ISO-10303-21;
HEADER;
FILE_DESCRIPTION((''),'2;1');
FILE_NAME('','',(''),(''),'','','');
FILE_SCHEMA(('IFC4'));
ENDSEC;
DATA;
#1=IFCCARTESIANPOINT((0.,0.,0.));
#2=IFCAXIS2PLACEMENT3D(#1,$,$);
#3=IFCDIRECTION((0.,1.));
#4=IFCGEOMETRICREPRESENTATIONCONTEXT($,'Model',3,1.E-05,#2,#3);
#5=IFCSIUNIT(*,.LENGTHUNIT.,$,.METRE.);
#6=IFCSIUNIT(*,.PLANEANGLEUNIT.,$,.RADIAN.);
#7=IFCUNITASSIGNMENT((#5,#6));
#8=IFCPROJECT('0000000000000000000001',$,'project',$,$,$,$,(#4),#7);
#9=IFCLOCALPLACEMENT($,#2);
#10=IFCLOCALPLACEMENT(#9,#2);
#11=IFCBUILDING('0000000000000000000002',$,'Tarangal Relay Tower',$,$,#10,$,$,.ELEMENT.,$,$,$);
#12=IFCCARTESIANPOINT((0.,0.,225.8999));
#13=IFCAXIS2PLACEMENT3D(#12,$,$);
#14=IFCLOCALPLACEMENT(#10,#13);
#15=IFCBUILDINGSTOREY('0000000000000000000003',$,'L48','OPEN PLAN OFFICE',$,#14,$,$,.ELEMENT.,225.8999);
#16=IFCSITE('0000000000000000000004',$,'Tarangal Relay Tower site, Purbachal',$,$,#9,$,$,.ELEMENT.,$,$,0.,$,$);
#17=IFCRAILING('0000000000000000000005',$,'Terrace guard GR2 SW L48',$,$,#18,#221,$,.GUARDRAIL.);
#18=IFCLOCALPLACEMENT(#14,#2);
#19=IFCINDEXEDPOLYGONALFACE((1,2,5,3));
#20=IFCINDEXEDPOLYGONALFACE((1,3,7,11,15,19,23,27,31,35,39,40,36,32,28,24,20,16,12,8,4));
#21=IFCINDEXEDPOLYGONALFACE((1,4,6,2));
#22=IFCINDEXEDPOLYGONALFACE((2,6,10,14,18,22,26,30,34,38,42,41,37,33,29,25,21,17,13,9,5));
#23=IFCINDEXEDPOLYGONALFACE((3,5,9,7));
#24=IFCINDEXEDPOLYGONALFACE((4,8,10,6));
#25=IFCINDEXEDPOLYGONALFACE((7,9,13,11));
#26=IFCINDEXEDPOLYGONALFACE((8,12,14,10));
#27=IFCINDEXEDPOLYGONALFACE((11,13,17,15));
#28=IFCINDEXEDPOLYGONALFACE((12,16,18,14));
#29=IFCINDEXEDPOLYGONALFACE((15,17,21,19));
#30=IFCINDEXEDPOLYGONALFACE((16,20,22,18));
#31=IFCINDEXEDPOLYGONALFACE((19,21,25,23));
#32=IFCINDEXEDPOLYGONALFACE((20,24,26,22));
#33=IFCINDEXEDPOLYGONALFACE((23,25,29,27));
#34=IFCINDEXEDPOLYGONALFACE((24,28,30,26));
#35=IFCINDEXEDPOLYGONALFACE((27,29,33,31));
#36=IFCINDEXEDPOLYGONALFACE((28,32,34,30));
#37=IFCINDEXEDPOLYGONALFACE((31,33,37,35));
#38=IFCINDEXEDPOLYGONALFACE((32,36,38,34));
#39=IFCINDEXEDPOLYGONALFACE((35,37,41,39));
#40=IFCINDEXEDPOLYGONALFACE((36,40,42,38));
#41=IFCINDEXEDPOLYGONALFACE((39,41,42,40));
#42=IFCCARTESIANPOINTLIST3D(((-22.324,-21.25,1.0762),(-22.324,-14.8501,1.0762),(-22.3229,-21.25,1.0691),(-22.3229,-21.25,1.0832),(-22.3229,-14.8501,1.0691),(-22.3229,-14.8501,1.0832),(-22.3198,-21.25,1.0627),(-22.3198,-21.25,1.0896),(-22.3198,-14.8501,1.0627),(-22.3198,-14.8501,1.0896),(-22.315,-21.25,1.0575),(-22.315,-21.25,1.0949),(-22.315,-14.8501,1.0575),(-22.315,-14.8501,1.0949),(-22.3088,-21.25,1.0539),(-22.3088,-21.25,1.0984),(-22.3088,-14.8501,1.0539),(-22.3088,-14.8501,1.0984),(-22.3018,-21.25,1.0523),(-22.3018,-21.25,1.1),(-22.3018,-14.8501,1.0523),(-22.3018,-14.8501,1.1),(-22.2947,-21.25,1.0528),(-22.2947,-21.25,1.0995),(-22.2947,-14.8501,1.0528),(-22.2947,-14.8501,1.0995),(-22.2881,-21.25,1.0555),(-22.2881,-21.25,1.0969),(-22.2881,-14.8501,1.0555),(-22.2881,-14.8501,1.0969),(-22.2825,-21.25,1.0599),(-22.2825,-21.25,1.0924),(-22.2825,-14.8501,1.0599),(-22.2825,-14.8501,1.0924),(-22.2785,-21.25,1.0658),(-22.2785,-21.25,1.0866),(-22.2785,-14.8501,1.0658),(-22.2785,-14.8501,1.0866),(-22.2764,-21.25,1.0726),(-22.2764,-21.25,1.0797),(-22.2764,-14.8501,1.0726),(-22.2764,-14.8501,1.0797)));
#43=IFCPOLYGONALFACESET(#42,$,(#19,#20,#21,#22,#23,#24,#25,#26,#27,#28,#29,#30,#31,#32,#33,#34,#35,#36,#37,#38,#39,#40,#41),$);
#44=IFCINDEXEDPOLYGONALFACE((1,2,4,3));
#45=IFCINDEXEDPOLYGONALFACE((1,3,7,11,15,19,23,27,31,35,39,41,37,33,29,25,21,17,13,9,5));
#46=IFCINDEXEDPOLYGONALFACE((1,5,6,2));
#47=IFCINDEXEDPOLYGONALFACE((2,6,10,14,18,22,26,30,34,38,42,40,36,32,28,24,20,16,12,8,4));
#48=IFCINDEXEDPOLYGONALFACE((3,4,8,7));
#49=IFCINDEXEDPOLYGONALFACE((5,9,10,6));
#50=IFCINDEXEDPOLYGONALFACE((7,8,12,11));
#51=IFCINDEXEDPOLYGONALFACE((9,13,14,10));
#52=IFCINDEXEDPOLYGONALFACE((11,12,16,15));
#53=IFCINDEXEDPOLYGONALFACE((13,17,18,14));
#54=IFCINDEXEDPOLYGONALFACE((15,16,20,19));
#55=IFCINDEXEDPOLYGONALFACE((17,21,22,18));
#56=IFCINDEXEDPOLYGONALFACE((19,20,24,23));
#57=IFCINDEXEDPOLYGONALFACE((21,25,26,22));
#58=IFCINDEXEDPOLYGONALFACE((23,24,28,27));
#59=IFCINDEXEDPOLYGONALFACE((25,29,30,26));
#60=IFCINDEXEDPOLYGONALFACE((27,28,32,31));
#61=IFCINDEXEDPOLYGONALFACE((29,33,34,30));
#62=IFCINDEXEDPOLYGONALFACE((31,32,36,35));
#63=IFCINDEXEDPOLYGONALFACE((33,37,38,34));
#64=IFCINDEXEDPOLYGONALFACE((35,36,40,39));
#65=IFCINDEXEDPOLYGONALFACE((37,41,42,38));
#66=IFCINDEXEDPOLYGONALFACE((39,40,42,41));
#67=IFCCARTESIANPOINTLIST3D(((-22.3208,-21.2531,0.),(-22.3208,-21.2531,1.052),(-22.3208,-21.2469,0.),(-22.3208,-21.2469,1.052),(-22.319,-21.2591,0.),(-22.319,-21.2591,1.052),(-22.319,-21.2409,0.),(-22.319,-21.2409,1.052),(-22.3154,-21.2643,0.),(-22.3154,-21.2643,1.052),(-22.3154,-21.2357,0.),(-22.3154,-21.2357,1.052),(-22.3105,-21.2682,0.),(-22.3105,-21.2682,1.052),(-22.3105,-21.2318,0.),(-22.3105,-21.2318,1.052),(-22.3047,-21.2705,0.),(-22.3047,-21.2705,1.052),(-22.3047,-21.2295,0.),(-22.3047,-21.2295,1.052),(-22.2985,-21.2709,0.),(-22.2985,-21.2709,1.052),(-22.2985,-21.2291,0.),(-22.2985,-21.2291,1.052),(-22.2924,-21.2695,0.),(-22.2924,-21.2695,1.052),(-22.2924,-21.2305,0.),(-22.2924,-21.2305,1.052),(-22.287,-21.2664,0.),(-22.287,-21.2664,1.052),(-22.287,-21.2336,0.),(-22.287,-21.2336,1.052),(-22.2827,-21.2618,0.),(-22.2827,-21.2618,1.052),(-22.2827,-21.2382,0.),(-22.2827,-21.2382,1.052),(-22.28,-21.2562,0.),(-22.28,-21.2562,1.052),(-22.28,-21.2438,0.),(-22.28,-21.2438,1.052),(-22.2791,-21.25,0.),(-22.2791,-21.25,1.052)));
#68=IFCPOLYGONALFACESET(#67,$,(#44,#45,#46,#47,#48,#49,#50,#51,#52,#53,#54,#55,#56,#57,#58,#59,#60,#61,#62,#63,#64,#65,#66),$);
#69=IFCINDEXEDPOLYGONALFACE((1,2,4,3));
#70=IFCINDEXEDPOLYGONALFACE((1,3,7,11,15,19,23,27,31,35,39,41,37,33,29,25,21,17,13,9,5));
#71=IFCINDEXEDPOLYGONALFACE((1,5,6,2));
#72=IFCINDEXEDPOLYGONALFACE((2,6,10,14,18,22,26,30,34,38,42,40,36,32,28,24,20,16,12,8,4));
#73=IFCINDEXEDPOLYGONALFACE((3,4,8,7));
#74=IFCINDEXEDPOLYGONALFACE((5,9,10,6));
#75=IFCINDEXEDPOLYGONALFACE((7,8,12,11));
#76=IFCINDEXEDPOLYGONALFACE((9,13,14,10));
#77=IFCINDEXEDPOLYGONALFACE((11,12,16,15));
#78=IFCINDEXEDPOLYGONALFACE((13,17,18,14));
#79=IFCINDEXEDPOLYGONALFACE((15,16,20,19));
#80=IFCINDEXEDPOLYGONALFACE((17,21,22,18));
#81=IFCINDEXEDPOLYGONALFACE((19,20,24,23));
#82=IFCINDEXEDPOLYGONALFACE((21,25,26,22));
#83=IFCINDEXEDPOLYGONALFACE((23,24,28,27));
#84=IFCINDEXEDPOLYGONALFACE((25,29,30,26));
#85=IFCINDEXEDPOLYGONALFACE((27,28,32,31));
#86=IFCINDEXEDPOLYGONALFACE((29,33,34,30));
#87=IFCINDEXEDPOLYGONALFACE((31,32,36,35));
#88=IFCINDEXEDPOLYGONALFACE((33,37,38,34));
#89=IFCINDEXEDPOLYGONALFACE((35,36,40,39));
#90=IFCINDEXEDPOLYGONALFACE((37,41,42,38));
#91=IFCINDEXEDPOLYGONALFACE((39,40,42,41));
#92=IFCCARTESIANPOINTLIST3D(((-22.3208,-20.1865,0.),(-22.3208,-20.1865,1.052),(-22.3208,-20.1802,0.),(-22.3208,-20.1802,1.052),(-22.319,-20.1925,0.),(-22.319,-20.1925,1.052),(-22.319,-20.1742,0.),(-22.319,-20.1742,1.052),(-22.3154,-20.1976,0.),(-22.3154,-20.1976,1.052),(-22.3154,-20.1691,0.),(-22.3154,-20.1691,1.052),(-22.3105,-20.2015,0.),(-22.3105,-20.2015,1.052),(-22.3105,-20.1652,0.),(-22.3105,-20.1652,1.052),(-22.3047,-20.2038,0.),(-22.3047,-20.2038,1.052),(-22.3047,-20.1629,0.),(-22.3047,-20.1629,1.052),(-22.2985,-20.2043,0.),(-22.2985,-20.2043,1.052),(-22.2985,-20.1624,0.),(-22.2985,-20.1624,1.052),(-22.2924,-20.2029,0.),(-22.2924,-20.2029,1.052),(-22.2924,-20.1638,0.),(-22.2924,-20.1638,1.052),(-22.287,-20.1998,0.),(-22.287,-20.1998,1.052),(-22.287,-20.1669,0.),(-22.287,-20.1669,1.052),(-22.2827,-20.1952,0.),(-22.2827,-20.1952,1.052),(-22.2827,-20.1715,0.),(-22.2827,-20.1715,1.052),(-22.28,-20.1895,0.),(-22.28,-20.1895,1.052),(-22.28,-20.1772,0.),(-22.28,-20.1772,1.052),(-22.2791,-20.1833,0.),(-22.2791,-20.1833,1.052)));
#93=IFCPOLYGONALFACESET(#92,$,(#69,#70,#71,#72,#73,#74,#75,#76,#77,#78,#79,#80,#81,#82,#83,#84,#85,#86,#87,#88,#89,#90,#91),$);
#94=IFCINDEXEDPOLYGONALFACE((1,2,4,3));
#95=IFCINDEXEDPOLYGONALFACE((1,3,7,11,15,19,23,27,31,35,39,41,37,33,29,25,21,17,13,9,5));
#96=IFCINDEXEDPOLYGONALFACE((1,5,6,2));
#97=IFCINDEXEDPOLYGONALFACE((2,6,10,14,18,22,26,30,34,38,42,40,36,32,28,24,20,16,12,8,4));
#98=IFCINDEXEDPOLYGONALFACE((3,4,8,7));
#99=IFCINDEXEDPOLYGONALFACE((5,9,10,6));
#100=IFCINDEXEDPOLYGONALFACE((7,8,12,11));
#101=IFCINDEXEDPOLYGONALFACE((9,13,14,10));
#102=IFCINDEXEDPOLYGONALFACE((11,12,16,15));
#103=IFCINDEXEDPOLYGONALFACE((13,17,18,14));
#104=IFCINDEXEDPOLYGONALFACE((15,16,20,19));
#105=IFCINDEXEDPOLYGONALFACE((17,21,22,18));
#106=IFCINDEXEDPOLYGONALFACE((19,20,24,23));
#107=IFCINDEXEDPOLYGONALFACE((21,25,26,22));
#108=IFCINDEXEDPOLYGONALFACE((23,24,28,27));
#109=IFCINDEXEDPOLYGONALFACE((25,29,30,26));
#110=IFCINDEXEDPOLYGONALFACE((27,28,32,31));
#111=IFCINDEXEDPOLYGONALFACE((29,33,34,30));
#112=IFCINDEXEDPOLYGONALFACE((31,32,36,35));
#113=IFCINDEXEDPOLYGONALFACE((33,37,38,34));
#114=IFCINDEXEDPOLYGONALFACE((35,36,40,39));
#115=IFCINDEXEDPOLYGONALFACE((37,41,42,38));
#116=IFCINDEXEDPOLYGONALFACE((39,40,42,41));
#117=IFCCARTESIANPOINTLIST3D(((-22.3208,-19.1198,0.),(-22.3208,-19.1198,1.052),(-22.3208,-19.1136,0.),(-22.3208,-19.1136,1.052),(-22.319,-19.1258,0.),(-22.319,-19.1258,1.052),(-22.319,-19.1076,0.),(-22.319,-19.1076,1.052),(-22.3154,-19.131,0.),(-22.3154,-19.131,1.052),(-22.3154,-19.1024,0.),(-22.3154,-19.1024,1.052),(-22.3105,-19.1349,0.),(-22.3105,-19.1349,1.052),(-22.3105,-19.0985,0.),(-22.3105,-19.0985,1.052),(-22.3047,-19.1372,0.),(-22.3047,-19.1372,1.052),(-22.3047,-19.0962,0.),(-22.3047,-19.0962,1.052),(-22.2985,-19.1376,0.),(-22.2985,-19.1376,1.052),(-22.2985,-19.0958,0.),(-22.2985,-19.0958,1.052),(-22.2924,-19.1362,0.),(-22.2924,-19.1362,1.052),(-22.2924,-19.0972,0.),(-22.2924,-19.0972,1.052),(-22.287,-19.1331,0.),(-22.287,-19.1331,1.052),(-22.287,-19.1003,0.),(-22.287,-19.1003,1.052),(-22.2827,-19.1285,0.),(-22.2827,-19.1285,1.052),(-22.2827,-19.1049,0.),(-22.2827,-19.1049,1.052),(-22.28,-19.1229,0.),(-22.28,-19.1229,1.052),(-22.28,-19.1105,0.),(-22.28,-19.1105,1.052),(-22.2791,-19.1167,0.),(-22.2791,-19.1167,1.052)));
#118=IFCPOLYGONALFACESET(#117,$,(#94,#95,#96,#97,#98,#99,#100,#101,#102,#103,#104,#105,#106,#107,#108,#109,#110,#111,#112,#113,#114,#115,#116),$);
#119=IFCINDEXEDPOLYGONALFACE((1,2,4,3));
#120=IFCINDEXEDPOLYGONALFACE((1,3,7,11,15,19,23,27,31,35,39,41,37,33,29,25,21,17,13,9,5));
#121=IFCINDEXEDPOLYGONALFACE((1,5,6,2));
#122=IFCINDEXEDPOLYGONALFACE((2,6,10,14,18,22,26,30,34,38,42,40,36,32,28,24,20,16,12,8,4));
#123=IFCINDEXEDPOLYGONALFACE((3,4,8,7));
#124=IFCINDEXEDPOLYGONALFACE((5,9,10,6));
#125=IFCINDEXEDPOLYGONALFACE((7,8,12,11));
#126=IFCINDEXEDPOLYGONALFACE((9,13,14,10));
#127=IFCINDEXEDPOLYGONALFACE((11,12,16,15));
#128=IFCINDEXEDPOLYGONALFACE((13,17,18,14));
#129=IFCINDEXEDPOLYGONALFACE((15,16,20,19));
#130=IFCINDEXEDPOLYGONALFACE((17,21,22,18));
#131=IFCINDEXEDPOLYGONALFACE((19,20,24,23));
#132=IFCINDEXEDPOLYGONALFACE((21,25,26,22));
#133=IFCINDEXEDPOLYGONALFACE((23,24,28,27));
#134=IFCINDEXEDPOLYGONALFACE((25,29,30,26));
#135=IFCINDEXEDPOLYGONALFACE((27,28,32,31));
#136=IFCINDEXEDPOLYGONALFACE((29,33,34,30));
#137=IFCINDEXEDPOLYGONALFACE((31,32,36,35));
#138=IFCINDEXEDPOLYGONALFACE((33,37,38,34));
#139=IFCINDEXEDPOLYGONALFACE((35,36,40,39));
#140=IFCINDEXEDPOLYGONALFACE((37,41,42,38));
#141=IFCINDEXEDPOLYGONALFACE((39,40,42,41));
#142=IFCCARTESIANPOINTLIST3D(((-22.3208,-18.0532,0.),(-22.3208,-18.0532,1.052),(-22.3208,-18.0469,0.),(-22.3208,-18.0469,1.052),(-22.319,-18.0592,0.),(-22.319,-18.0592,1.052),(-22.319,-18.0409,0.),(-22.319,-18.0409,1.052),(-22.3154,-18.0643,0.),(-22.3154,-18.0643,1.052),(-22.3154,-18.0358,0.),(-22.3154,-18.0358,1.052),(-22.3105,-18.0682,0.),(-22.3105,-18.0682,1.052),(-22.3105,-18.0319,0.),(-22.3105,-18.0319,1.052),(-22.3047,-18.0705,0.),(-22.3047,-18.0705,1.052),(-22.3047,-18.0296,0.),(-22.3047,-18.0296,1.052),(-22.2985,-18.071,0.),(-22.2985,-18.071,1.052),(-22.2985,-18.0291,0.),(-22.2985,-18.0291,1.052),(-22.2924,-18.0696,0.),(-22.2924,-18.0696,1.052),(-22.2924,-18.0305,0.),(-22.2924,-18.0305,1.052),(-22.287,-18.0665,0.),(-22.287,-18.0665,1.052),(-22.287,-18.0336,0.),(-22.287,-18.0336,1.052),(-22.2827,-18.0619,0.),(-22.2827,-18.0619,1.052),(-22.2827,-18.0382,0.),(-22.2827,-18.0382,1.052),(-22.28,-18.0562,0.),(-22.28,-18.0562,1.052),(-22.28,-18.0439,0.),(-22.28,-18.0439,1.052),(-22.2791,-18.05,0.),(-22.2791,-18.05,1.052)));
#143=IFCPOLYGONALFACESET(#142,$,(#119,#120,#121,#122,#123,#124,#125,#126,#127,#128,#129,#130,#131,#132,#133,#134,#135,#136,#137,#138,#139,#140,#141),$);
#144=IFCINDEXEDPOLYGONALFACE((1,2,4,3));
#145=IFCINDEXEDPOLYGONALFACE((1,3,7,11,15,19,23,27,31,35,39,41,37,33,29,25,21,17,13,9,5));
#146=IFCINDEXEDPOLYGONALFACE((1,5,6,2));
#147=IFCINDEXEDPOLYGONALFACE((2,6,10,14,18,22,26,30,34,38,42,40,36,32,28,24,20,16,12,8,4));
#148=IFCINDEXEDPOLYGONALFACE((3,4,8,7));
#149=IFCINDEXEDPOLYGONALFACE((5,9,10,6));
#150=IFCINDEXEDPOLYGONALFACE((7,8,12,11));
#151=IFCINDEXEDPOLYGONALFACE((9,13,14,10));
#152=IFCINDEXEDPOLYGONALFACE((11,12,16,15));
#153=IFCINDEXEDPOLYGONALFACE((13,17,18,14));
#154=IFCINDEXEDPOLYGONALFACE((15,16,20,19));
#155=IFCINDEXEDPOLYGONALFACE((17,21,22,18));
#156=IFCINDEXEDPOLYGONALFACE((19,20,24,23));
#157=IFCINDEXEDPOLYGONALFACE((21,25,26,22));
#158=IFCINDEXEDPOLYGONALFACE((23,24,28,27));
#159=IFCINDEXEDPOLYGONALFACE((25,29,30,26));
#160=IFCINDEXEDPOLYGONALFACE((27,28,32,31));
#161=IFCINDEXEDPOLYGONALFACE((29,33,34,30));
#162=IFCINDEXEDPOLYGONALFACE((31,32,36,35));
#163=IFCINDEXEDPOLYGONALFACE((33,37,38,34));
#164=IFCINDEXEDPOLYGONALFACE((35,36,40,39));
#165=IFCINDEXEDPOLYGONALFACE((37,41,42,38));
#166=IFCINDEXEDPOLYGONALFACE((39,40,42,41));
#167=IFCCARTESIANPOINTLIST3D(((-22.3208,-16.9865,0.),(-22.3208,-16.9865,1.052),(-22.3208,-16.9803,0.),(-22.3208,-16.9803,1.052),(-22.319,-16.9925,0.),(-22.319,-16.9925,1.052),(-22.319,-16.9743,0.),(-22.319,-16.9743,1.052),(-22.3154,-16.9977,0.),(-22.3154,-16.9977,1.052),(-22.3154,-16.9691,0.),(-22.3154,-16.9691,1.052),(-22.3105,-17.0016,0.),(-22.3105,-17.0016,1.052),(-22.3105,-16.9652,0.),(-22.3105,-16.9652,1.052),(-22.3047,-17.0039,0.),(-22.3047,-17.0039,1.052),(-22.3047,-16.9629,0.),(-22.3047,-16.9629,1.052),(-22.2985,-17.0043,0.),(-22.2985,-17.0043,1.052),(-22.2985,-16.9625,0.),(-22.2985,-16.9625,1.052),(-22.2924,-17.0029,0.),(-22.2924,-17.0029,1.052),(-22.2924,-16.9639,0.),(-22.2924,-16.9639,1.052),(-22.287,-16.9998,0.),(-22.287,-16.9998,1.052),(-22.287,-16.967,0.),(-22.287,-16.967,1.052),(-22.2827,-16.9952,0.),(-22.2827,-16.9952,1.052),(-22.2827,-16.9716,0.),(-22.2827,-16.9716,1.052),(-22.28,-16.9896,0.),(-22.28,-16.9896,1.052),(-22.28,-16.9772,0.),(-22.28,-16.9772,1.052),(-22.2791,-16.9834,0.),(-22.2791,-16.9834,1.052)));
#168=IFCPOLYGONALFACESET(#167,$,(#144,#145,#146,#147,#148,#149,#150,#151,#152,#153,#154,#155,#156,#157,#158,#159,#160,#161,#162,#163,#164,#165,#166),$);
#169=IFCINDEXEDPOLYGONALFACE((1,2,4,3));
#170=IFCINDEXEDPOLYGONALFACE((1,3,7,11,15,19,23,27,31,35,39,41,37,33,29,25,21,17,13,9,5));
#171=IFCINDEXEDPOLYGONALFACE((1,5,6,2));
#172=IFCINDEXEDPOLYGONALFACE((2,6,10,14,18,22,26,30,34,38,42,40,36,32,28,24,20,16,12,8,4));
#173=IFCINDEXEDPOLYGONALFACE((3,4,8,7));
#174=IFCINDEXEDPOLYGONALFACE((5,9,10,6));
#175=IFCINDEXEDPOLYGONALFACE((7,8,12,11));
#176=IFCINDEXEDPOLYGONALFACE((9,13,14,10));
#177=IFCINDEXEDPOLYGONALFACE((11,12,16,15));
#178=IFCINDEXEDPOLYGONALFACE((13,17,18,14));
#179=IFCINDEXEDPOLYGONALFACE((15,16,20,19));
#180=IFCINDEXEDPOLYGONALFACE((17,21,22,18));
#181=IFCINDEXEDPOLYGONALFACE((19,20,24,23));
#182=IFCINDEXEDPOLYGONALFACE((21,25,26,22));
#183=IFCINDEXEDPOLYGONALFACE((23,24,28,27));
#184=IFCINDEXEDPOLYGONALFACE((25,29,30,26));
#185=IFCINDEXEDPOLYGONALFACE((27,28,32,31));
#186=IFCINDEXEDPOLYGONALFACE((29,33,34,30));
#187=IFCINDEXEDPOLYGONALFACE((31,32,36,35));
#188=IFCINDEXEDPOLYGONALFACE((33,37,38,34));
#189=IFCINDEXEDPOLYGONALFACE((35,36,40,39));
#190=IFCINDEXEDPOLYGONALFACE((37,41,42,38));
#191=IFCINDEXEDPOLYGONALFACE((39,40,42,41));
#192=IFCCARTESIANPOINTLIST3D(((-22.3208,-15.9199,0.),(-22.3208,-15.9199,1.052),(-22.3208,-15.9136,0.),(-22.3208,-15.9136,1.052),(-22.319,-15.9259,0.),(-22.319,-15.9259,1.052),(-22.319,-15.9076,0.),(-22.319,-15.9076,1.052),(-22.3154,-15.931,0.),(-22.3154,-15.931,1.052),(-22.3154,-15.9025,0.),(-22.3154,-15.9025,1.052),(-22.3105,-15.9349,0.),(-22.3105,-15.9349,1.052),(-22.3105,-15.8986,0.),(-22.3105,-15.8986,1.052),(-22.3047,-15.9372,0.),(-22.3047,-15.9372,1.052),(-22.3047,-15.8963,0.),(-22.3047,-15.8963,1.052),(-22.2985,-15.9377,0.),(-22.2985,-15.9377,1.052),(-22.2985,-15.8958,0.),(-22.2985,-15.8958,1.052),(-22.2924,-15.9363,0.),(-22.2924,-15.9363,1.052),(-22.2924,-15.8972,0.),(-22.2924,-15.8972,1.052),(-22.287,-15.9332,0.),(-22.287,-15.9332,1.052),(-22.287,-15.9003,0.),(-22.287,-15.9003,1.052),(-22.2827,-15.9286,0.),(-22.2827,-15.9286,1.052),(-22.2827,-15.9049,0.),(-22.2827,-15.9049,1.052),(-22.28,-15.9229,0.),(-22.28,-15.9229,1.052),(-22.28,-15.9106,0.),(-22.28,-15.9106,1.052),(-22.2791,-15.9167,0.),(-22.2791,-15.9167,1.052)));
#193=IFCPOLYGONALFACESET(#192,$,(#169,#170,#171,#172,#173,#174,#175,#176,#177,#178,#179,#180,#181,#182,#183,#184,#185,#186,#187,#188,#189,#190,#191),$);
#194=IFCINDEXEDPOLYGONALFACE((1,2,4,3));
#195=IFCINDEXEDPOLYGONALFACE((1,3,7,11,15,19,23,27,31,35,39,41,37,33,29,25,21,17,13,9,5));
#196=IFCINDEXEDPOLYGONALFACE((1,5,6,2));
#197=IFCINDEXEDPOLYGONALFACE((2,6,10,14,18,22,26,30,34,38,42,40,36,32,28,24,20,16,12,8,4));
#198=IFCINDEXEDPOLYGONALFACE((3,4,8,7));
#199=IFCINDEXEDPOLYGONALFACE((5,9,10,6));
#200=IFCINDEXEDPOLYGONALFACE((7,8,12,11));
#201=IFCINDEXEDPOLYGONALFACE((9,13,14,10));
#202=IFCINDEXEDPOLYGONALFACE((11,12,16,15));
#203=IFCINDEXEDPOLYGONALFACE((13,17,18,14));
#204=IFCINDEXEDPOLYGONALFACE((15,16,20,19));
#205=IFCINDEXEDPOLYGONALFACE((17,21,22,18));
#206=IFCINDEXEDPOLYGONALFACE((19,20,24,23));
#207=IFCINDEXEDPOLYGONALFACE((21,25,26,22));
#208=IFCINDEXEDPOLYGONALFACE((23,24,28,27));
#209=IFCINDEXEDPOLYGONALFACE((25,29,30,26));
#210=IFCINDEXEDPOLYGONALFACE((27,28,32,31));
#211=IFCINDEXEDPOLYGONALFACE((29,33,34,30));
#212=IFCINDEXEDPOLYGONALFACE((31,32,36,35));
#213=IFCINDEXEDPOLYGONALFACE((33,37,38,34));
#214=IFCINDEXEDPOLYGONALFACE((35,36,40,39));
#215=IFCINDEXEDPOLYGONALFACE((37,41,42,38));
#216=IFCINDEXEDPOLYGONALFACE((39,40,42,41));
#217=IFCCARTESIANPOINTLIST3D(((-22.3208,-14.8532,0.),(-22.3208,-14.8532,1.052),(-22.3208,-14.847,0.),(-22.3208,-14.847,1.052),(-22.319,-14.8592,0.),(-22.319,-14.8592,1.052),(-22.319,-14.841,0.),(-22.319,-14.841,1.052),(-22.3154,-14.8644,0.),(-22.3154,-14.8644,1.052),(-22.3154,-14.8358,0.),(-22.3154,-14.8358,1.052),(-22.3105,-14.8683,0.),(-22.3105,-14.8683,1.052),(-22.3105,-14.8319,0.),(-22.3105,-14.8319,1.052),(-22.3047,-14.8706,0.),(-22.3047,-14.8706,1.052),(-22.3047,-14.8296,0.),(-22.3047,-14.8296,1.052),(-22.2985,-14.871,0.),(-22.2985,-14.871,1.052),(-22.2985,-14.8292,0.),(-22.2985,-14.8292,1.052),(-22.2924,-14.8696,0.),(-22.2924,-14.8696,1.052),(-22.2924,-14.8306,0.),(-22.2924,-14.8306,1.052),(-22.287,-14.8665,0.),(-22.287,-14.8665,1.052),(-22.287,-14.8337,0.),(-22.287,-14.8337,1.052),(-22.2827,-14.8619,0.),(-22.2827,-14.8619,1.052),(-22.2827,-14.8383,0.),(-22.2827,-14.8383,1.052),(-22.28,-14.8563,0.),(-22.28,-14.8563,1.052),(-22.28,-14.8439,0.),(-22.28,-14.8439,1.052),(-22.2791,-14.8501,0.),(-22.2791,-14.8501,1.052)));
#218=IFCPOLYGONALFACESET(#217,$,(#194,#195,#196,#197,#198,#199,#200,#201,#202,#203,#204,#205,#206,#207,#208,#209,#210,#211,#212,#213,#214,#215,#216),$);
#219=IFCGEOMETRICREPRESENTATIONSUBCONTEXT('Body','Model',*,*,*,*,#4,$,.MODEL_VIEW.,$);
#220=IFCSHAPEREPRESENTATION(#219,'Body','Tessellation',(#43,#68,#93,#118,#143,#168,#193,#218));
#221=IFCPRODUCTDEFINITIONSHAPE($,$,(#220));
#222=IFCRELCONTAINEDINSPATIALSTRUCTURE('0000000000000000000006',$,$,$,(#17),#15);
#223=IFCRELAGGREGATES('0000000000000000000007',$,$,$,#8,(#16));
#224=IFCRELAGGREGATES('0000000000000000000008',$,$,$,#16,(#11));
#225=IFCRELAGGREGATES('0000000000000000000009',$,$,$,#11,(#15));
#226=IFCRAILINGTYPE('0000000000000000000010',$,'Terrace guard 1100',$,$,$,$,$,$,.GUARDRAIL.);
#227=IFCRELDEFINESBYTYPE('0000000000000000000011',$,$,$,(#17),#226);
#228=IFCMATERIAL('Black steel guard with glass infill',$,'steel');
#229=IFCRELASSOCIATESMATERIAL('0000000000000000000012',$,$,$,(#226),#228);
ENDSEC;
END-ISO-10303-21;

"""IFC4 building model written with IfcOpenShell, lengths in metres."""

from ifc_helpers import new_model, si_unit, direction, frame, origin, origin_2d, place, context, subcontext, project, spatial, circle, extrude, material, type_object, element, save


model = new_model("IFC4")

# Units and contexts
model_context = context("Model", 3, precision=1e-05, world=origin(), true_north=direction((0.0, 1.0)))
body_context = subcontext(model_context, "Body", "Model", "MODEL_VIEW")
ifc_project = project(units=[si_unit("LENGTHUNIT", "METRE"), si_unit("PLANEANGLEUNIT", "RADIAN")], contexts=[model_context])

# Site, building, storey
site_placement = place(None, origin())
site = spatial("IfcSite", under=ifc_project, at=site_placement, Name="Tarangal Relay Tower site, Purbachal", CompositionType="ELEMENT", RefElevation=0.0)
building_placement = place(site_placement, origin())
building = spatial("IfcBuilding", under=site, at=building_placement, Name="Tarangal Relay Tower", CompositionType="ELEMENT")
storey_placement = place(building_placement, frame((0.0, 0.0, 225.8999)))
storey = spatial("IfcBuildingStorey", under=building, at=storey_placement, Name="L48", Description="OPEN PLAN OFFICE", CompositionType="ELEMENT", Elevation=225.8999)

# Railing
ifc_material_1 = material(Name="Black steel guard with glass infill", Category="steel")
railing_type = type_object("IfcRailingType", Name="Terrace guard 1100", PredefinedType="GUARDRAIL", material=ifc_material_1)
railing_1_placement = place(storey_placement, frame((-22.3, -21.25, 0.0)))
element("IfcRailing", 1, at=railing_1_placement, inside=storey, type_object=railing_type, Name="Terrace guard GR2 SW L48", PredefinedType="GUARDRAIL", context=body_context, shape_type="SweptSolid", body=[
    extrude(circle(Radius=0.0239, at=origin_2d()), frame((0.0, 0.0, 1.0762), z_axis=(0.0, 1.0, 0.0), x_axis=(-1.0, 0.0, 0.0)), (0.0, 0.0, 1.0), 6.3999),
    extrude(circle(Radius=0.021, at=origin_2d()), origin(), (0.0, 0.0, 1.0), 1.052),
    extrude(circle(Radius=0.021, at=origin_2d()), frame((0.0, 1.0667, 0.0)), (0.0, 0.0, 1.0), 1.052),
    extrude(circle(Radius=0.021, at=origin_2d()), frame((0.0, 2.1333, 0.0)), (0.0, 0.0, 1.0), 1.052),
    extrude(circle(Radius=0.021, at=origin_2d()), frame((0.0, 3.2, 0.0)), (0.0, 0.0, 1.0), 1.052),
    extrude(circle(Radius=0.021, at=origin_2d()), frame((0.0, 4.2666, 0.0)), (0.0, 0.0, 1.0), 1.052),
    extrude(circle(Radius=0.021, at=origin_2d()), frame((0.0, 5.3333, 0.0)), (0.0, 0.0, 1.0), 1.052),
    extrude(circle(Radius=0.021, at=origin_2d()), frame((0.0, 6.3999, 0.0)), (0.0, 0.0, 1.0), 1.052),
])

save(model, "model.ifc")
